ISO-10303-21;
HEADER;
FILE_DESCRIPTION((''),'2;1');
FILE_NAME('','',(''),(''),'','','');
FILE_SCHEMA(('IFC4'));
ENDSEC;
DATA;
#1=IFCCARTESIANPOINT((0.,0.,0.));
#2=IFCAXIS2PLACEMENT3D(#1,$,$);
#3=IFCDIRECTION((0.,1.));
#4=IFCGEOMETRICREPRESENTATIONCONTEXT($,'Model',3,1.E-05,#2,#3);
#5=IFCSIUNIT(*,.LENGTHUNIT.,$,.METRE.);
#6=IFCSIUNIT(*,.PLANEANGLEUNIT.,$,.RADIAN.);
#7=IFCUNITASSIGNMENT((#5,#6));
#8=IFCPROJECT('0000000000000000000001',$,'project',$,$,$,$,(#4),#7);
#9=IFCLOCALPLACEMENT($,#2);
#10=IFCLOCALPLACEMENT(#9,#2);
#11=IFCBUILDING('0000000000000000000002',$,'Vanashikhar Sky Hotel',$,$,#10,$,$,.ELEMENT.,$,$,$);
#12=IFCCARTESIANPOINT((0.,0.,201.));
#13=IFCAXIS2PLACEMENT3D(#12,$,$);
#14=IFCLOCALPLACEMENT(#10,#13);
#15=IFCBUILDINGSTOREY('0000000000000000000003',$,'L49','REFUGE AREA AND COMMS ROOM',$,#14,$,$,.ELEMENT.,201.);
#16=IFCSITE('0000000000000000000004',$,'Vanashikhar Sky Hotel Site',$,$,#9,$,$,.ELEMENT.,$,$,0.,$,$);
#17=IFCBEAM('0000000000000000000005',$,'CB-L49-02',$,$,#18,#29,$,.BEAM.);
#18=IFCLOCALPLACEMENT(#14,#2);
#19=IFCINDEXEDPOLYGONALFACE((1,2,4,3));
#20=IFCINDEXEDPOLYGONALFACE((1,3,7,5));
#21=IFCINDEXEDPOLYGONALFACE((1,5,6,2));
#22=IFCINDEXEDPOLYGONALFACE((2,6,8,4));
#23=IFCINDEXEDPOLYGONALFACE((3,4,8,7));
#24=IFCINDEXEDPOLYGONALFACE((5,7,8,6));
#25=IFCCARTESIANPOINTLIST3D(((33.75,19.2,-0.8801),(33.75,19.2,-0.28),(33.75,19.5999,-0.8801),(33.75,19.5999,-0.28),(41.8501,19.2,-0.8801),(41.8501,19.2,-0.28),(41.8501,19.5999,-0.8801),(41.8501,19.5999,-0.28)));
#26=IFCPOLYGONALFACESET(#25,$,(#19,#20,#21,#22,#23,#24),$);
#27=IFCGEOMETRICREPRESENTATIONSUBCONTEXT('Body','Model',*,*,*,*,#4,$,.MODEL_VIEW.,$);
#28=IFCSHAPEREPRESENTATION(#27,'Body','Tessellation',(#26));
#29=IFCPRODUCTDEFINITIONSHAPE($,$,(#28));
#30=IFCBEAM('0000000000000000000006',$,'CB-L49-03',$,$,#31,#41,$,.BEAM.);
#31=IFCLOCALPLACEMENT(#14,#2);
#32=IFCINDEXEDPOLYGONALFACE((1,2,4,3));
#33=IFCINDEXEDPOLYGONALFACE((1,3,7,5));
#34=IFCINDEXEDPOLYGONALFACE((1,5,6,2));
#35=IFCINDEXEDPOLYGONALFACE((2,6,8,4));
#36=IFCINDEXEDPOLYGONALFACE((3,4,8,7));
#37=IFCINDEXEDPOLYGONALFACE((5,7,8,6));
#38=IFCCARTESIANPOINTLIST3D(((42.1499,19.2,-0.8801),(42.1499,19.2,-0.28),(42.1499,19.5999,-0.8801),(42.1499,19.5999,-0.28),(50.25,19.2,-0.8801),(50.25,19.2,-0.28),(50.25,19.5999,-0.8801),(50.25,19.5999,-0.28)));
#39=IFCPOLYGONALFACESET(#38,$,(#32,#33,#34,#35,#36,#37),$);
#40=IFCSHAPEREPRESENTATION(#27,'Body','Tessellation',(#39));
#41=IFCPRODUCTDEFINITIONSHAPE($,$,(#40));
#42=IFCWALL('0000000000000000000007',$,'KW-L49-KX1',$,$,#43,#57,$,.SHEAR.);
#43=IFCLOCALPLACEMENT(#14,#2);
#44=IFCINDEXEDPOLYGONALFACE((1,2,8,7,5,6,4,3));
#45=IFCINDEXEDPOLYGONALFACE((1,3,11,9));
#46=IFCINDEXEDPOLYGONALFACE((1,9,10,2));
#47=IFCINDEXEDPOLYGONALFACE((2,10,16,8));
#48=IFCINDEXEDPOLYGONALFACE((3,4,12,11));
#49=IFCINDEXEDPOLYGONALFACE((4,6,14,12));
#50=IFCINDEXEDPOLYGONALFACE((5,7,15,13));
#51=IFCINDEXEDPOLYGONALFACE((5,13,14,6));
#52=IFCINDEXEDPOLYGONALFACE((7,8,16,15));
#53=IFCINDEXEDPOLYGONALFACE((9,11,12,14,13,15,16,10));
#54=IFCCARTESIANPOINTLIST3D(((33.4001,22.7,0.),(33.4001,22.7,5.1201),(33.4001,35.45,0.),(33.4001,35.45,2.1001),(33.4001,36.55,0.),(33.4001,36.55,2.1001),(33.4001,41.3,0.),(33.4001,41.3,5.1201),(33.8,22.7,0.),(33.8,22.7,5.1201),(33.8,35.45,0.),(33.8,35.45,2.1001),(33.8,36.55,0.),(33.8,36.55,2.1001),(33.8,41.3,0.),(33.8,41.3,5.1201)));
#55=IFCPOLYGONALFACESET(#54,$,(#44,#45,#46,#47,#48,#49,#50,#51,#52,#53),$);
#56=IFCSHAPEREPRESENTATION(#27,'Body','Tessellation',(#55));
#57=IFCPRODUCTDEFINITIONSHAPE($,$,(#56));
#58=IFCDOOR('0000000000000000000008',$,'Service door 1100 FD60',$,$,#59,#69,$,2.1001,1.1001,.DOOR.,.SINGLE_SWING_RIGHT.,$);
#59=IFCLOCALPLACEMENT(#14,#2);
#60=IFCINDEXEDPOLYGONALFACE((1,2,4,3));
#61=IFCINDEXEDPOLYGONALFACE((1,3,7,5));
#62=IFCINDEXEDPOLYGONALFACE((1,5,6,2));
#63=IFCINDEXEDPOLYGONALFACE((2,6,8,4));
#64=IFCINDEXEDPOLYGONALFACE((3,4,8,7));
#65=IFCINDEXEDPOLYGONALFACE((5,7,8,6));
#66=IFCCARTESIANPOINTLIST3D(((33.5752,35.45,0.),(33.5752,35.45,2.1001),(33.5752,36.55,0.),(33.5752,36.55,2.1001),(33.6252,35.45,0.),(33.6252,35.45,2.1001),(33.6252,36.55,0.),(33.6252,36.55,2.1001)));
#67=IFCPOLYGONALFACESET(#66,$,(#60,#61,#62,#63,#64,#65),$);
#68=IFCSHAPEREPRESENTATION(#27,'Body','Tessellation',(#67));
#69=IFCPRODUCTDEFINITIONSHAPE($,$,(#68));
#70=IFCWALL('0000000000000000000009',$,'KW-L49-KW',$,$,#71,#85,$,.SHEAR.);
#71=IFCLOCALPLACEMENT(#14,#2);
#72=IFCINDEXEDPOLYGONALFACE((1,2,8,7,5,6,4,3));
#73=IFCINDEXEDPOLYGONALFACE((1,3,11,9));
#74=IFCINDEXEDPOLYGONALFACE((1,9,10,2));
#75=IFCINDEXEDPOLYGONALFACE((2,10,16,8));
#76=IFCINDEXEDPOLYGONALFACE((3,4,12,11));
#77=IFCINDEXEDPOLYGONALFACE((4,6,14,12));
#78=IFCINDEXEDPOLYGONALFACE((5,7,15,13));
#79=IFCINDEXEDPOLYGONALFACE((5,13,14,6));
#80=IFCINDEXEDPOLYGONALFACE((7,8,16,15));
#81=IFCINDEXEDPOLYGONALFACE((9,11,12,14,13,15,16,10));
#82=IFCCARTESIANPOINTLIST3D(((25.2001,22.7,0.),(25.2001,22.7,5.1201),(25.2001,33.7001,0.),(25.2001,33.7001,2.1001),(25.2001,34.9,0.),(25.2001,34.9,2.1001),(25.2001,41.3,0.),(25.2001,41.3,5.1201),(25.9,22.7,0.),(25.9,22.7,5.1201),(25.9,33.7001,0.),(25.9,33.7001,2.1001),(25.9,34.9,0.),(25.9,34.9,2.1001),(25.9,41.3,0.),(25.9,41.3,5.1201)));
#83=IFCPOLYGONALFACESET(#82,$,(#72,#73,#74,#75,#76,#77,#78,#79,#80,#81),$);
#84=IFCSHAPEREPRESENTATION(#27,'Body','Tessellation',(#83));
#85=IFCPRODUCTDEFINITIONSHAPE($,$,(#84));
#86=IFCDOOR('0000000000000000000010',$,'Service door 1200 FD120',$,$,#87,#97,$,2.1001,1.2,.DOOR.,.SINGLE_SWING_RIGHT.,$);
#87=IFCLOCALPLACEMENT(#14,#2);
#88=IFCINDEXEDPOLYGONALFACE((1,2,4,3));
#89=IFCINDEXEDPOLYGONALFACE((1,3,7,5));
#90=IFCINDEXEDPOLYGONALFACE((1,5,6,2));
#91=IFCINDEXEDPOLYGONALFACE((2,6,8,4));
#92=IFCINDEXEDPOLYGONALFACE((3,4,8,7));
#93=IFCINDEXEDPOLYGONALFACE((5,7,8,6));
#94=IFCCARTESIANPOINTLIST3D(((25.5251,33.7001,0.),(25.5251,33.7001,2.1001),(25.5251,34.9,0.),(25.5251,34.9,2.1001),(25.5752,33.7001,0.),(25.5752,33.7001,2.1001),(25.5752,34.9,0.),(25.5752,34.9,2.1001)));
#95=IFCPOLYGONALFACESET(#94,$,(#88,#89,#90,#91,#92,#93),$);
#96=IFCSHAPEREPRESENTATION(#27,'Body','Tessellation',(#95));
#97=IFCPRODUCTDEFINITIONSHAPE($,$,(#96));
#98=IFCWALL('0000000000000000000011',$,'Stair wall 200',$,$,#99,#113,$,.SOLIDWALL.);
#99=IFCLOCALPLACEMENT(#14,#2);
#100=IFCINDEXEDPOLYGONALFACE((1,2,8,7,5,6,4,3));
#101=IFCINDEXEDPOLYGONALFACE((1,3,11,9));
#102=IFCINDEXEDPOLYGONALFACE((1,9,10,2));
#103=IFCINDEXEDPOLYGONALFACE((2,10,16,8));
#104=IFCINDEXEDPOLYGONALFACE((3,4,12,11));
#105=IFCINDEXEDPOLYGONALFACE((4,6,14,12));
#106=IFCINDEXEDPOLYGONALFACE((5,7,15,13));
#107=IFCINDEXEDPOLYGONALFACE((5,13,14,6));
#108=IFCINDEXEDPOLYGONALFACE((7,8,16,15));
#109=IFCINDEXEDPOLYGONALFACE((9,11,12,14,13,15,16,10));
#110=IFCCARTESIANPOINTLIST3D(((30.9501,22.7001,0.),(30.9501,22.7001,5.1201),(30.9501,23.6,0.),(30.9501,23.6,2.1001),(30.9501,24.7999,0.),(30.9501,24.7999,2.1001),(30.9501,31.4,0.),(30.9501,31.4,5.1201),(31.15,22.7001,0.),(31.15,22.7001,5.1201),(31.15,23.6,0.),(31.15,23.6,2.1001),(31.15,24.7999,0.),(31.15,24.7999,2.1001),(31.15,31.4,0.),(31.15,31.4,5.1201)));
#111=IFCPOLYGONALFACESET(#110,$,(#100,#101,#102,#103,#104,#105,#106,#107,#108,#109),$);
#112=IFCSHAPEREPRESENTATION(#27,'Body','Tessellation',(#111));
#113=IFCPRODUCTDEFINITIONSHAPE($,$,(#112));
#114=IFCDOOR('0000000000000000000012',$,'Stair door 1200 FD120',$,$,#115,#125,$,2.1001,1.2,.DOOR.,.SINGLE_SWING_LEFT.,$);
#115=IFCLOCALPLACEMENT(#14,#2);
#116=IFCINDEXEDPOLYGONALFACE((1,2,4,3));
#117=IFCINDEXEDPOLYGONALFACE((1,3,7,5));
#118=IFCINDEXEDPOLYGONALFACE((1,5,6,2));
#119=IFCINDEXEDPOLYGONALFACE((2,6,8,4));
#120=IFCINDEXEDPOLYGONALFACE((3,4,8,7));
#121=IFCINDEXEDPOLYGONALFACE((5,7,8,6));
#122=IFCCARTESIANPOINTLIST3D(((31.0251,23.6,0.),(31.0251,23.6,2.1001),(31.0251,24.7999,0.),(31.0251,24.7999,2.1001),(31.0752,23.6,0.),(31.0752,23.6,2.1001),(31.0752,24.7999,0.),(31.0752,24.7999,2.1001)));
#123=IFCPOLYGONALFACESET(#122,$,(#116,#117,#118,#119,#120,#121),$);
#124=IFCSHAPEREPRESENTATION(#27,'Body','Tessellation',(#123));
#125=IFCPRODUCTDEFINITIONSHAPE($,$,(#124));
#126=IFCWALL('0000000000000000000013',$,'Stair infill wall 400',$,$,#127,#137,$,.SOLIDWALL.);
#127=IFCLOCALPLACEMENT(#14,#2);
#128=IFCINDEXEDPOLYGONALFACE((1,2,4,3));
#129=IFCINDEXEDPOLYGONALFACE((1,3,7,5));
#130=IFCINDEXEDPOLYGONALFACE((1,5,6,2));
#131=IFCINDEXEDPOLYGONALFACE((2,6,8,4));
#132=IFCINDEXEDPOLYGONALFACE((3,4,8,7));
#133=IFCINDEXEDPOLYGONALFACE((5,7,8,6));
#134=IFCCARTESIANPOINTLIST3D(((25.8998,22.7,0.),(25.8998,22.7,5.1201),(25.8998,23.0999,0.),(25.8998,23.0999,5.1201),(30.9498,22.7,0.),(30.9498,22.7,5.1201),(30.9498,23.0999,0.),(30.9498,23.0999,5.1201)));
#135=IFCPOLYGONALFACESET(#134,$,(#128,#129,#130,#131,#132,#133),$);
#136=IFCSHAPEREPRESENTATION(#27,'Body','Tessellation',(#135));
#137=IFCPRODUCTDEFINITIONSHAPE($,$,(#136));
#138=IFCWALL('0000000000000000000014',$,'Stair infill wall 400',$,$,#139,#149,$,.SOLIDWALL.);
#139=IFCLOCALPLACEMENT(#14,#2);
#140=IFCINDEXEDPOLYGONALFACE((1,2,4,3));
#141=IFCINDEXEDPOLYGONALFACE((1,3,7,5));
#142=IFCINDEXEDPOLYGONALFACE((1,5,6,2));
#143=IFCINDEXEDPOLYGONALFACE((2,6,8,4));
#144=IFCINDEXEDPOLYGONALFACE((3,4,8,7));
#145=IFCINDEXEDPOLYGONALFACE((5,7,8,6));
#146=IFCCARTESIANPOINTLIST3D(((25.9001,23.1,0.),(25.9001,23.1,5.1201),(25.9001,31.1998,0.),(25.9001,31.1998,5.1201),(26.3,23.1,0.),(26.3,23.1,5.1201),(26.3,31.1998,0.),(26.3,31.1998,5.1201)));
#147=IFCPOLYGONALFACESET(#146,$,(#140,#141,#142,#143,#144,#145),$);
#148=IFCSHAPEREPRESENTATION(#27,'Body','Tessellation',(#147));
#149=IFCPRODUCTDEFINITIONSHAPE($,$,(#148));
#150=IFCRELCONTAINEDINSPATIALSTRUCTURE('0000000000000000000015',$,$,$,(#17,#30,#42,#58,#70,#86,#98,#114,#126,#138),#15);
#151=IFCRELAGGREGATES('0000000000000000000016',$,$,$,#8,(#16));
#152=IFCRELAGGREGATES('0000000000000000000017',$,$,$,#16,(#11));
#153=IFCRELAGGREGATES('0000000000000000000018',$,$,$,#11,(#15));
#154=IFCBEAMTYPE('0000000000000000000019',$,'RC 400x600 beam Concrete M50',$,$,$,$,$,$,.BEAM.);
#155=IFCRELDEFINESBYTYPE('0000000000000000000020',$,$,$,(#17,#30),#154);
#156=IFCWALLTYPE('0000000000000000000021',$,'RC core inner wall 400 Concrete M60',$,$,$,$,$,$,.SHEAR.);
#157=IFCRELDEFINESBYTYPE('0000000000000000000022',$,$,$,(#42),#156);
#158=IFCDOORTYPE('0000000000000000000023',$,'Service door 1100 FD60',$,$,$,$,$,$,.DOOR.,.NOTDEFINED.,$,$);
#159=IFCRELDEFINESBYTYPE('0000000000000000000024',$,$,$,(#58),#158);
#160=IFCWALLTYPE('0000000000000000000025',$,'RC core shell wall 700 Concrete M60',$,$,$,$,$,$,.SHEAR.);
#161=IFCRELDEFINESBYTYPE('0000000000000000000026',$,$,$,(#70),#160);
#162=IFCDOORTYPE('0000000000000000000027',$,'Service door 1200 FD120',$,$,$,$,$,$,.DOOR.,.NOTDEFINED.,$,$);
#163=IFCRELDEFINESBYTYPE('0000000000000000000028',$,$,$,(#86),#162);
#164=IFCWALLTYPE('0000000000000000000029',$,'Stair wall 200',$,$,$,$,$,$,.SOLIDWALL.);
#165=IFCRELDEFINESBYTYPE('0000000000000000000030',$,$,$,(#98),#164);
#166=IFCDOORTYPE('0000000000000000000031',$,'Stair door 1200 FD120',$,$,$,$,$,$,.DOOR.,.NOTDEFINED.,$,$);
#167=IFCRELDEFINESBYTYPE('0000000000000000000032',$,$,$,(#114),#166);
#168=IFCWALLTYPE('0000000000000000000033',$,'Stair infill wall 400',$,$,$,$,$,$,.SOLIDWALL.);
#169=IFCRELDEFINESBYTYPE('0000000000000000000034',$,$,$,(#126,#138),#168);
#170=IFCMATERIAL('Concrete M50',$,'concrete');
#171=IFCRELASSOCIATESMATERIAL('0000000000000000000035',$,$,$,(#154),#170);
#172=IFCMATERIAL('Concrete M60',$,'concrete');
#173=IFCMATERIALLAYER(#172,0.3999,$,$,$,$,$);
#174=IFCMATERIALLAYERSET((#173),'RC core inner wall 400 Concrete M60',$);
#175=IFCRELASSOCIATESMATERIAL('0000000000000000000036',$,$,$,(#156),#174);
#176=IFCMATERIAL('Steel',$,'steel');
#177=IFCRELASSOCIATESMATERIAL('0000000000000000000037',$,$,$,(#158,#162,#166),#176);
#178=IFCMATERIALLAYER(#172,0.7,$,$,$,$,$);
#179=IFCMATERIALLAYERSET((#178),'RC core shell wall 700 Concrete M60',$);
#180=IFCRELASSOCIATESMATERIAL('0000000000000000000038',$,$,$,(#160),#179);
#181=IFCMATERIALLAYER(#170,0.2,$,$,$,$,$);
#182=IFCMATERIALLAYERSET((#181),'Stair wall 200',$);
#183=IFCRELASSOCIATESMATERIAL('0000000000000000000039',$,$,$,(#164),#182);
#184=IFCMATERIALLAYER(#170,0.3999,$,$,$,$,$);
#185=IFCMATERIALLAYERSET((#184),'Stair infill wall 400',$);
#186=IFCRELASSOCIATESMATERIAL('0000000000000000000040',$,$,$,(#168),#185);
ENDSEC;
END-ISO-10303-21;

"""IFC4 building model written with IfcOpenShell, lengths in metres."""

from ifc_helpers import new_model, si_unit, direction, frame, frame_2d, origin, origin_2d, place, context, subcontext, project, spatial, rectangle, extrude, source, transform, mapped, material, layer, layer_set, material_profile, profile_set, type_object, element, fill, save


model = new_model("IFC4")

# Units and contexts
model_context = context("Model", 3, precision=1e-05, world=origin(), true_north=direction((0.0, 1.0)))
body_context = subcontext(model_context, "Body", "Model", "MODEL_VIEW")
ifc_project = project(units=[si_unit("LENGTHUNIT", "METRE"), si_unit("PLANEANGLEUNIT", "RADIAN")], contexts=[model_context])

# Site, building, storey
site_placement = place(None, origin())
site = spatial("IfcSite", under=ifc_project, at=site_placement, Name="Vanashikhar Sky Hotel Site", CompositionType="ELEMENT", RefElevation=0.0)
building_placement = place(site_placement, origin())
building = spatial("IfcBuilding", under=site, at=building_placement, Name="Vanashikhar Sky Hotel", CompositionType="ELEMENT")
storey_placement = place(building_placement, frame((0.0, 0.0, 201.0)))
storey = spatial("IfcBuildingStorey", under=building, at=storey_placement, Name="L49", Description="REFUGE AREA AND COMMS ROOM", CompositionType="ELEMENT", Elevation=201.0)

# Beams
ifc_material_1 = material(Name="Concrete M50", Category="concrete")
ifc_material_profile = material_profile(ifc_material_1, rectangle(XDim=0.3999, YDim=0.6001, at=origin_2d()))
ifc_profile_set = profile_set([ifc_material_profile], Name="RC 400x600 beam Concrete M50")
beam_type = type_object("IfcBeamType", Name="RC 400x600 beam Concrete M50", PredefinedType="BEAM", material=ifc_profile_set)
shared_shape_1 = source(origin(), body_context, "Body", "SweptSolid", [
    extrude(rectangle(XDim=0.3999, YDim=0.6001, at=origin_2d()), origin(), (0.0, 0.0, 1.0), 8.1001),
])
for number, where, z_axis, x_axis, name in (
    (1, (33.75, 19.3999, -0.5801), (1.0, 0.0, 0.0), (0.0, 1.0, 0.0), "CB-L49-02"),
    (2, (42.1499, 19.3999, -0.5801), (1.0, 0.0, 0.0), (0.0, 1.0, 0.0), "CB-L49-03"),
):
    element("IfcBeam", number, at=place(storey_placement, frame(where, z_axis=z_axis, x_axis=x_axis)), inside=storey, type_object=beam_type, Name=name, PredefinedType="BEAM", context=body_context, shape_type="MappedRepresentation", body=[
        mapped(shared_shape_1, transform((0.0, 0.0, 0.0), scale=1.0)),
    ])

# Walls, openings, doors
ifc_material_2 = material(Name="Concrete M60", Category="concrete")
ifc_layer_1 = layer(ifc_material_2, 0.3999)
ifc_layer_set_1 = layer_set([ifc_layer_1], Name="RC core inner wall 400 Concrete M60")
wall_type_1 = type_object("IfcWallType", Name="RC core inner wall 400 Concrete M60", PredefinedType="SHEAR", material=ifc_layer_set_1)
shared_shape_2 = source(origin(), body_context, "Body", "SweptSolid", [
    extrude(rectangle(XDim=18.6001, YDim=0.3999, at=frame_2d((9.3, 0.0))), origin(), (0.0, 0.0, 1.0), 5.1201),
])
wall_1_placement = place(storey_placement, frame((33.6001, 22.7, 0.0), z_axis=(0.0, 0.0, 1.0), x_axis=(0.0, 1.0, 0.0)))
wall_1 = element("IfcWall", 3, at=wall_1_placement, inside=storey, type_object=wall_type_1, Name="KW-L49-KX1", PredefinedType="SHEAR", context=body_context, shape_type="MappedRepresentation", body=[
    mapped(shared_shape_2, transform((0.0, 0.0, 0.0), scale=1.0)),
])
shared_shape_3 = source(origin(), body_context, "Body", "SweptSolid", [
    extrude(rectangle(XDim=1.1001, YDim=2.1001, at=frame_2d((0.55, 1.05))), frame((0.0, 0.21, 0.0), z_axis=(0.0, -1.0, 0.0), x_axis=(1.0, 0.0, 0.0)), (0.0, 0.0, 1.0), 0.4199),
])
opening_1_placement = place(wall_1_placement, frame((12.75, 0.0, 0.0)))
opening_1 = element("IfcOpeningElement", 4, at=opening_1_placement, cuts=wall_1, PredefinedType="OPENING", context=body_context, shape_type="MappedRepresentation", body=[
    mapped(shared_shape_3, transform((0.0, 0.0, 0.0), scale=1.0)),
])
ifc_material_3 = material(Name="Steel", Category="steel")
door_type_1 = type_object("IfcDoorType", Name="Service door 1100 FD60", OperationType="NOTDEFINED", PredefinedType="DOOR", material=ifc_material_3)
shared_shape_4 = source(origin(), body_context, "Body", "SweptSolid", [
    extrude(rectangle(XDim=1.1001, YDim=2.1001, at=frame_2d((0.55, 1.05))), frame((0.0, 0.0249, 0.0), z_axis=(0.0, -1.0, 0.0), x_axis=(1.0, 0.0, 0.0)), (0.0, 0.0, 1.0), 0.05),
])
door_1_placement = place(opening_1_placement, origin())
door_1 = element("IfcDoor", 5, at=door_1_placement, inside=storey, type_object=door_type_1, Name="Service door 1100 FD60", OperationType="SINGLE_SWING_RIGHT", OverallHeight=2.1001, OverallWidth=1.1001, PredefinedType="DOOR", context=body_context, shape_type="MappedRepresentation", body=[
    mapped(shared_shape_4, transform((0.0, 0.0, 0.0), scale=1.0)),
])
fill(opening_1, door_1)
ifc_layer_2 = layer(ifc_material_2, 0.7)
ifc_layer_set_2 = layer_set([ifc_layer_2], Name="RC core shell wall 700 Concrete M60")
wall_type_2 = type_object("IfcWallType", Name="RC core shell wall 700 Concrete M60", PredefinedType="SHEAR", material=ifc_layer_set_2)
shared_shape_5 = source(origin(), body_context, "Body", "SweptSolid", [
    extrude(rectangle(XDim=18.6001, YDim=0.7, at=frame_2d((9.3, 0.0))), origin(), (0.0, 0.0, 1.0), 5.1201),
])
wall_2_placement = place(storey_placement, frame((25.55, 22.7, 0.0), z_axis=(0.0, 0.0, 1.0), x_axis=(0.0, 1.0, 0.0)))
wall_2 = element("IfcWall", 6, at=wall_2_placement, inside=storey, type_object=wall_type_2, Name="KW-L49-KW", PredefinedType="SHEAR", context=body_context, shape_type="MappedRepresentation", body=[
    mapped(shared_shape_5, transform((0.0, 0.0, 0.0), scale=1.0)),
])
shared_shape_6 = source(origin(), body_context, "Body", "SweptSolid", [
    extrude(rectangle(XDim=1.2, YDim=2.1001, at=frame_2d((0.6001, 1.05))), frame((0.0, 0.3599, 0.0), z_axis=(0.0, -1.0, 0.0), x_axis=(1.0, 0.0, 0.0)), (0.0, 0.0, 1.0), 0.72),
])
opening_2_placement = place(wall_2_placement, frame((11.0, 0.0, 0.0)))
opening_2 = element("IfcOpeningElement", 7, at=opening_2_placement, cuts=wall_2, PredefinedType="OPENING", context=body_context, shape_type="MappedRepresentation", body=[
    mapped(shared_shape_6, transform((0.0, 0.0, 0.0), scale=1.0)),
])
door_type_2 = type_object("IfcDoorType", Name="Service door 1200 FD120", OperationType="NOTDEFINED", PredefinedType="DOOR", material=ifc_material_3)
shared_shape_7 = source(origin(), body_context, "Body", "SweptSolid", [
    extrude(rectangle(XDim=1.2, YDim=2.1001, at=frame_2d((0.6001, 1.05))), frame((0.0, 0.0249, 0.0), z_axis=(0.0, -1.0, 0.0), x_axis=(1.0, 0.0, 0.0)), (0.0, 0.0, 1.0), 0.05),
])
door_2_placement = place(opening_2_placement, origin())
door_2 = element("IfcDoor", 8, at=door_2_placement, inside=storey, type_object=door_type_2, Name="Service door 1200 FD120", OperationType="SINGLE_SWING_RIGHT", OverallHeight=2.1001, OverallWidth=1.2, PredefinedType="DOOR", context=body_context, shape_type="MappedRepresentation", body=[
    mapped(shared_shape_7, transform((0.0, 0.0, 0.0), scale=1.0)),
])
fill(opening_2, door_2)
ifc_layer_3 = layer(ifc_material_1, 0.2)
ifc_layer_set_3 = layer_set([ifc_layer_3], Name="Stair wall 200")
wall_type_3 = type_object("IfcWallType", Name="Stair wall 200", PredefinedType="SOLIDWALL", material=ifc_layer_set_3)
shared_shape_8 = source(origin(), body_context, "Body", "SweptSolid", [
    extrude(rectangle(XDim=8.7, YDim=0.2, at=frame_2d((4.3501, 0.0))), origin(), (0.0, 0.0, 1.0), 5.1201),
])
wall_3_placement = place(storey_placement, frame((31.05, 22.7, 0.0), z_axis=(0.0, 0.0, 1.0), x_axis=(0.0, 1.0, 0.0)))
wall_3 = element("IfcWall", 9, at=wall_3_placement, inside=storey, type_object=wall_type_3, Name="Stair wall 200", PredefinedType="SOLIDWALL", context=body_context, shape_type="MappedRepresentation", body=[
    mapped(shared_shape_8, transform((0.0, 0.0, 0.0), scale=1.0)),
])
shared_shape_9 = source(origin(), body_context, "Body", "SweptSolid", [
    extrude(rectangle(XDim=1.2, YDim=2.1001, at=frame_2d((0.6001, 1.05))), frame((0.0, 0.1099, 0.0), z_axis=(0.0, -1.0, 0.0), x_axis=(1.0, 0.0, 0.0)), (0.0, 0.0, 1.0), 0.22),
])
opening_3_placement = place(wall_3_placement, frame((0.8999, 0.0, 0.0)))
opening_3 = element("IfcOpeningElement", 10, at=opening_3_placement, cuts=wall_3, PredefinedType="OPENING", context=body_context, shape_type="MappedRepresentation", body=[
    mapped(shared_shape_9, transform((0.0, 0.0, 0.0), scale=1.0)),
])
door_type_3 = type_object("IfcDoorType", Name="Stair door 1200 FD120", OperationType="NOTDEFINED", PredefinedType="DOOR", material=ifc_material_3)
door_3_placement = place(opening_3_placement, origin())
door_3 = element("IfcDoor", 11, at=door_3_placement, inside=storey, type_object=door_type_3, Name="Stair door 1200 FD120", OperationType="SINGLE_SWING_LEFT", OverallHeight=2.1001, OverallWidth=1.2, PredefinedType="DOOR", context=body_context, shape_type="MappedRepresentation", body=[
    mapped(shared_shape_7, transform((0.0, 0.0, 0.0), scale=1.0)),
])
fill(opening_3, door_3)

# Walls
ifc_layer_4 = layer(ifc_material_1, 0.3999)
ifc_layer_set_4 = layer_set([ifc_layer_4], Name="Stair infill wall 400")
wall_type_4 = type_object("IfcWallType", Name="Stair infill wall 400", PredefinedType="SOLIDWALL", material=ifc_layer_set_4)
shared_shape_10 = source(origin(), body_context, "Body", "SweptSolid", [
    extrude(rectangle(XDim=5.05, YDim=0.3999, at=frame_2d((2.5249, 0.0))), origin(), (0.0, 0.0, 1.0), 5.1201),
])
wall_4_placement = place(storey_placement, frame((25.8999, 22.8999, 0.0), z_axis=(0.0, 0.0, 1.0), x_axis=(1.0, 0.0, 0.0)))
element("IfcWall", 12, at=wall_4_placement, inside=storey, type_object=wall_type_4, Name="Stair infill wall 400", PredefinedType="SOLIDWALL", context=body_context, shape_type="MappedRepresentation", body=[
    mapped(shared_shape_10, transform((0.0, 0.0, 0.0), scale=1.0)),
])
shared_shape_11 = source(origin(), body_context, "Body", "SweptSolid", [
    extrude(rectangle(XDim=8.0999, YDim=0.3999, at=frame_2d((4.0498, 0.0))), origin(), (0.0, 0.0, 1.0), 5.1201),
])
wall_5_placement = place(storey_placement, frame((26.1001, 23.1001, 0.0), z_axis=(0.0, 0.0, 1.0), x_axis=(0.0, 1.0, 0.0)))
element("IfcWall", 13, at=wall_5_placement, inside=storey, type_object=wall_type_4, Name="Stair infill wall 400", PredefinedType="SOLIDWALL", context=body_context, shape_type="MappedRepresentation", body=[
    mapped(shared_shape_11, transform((0.0, 0.0, 0.0), scale=1.0)),
])

save(model, "model.ifc")
